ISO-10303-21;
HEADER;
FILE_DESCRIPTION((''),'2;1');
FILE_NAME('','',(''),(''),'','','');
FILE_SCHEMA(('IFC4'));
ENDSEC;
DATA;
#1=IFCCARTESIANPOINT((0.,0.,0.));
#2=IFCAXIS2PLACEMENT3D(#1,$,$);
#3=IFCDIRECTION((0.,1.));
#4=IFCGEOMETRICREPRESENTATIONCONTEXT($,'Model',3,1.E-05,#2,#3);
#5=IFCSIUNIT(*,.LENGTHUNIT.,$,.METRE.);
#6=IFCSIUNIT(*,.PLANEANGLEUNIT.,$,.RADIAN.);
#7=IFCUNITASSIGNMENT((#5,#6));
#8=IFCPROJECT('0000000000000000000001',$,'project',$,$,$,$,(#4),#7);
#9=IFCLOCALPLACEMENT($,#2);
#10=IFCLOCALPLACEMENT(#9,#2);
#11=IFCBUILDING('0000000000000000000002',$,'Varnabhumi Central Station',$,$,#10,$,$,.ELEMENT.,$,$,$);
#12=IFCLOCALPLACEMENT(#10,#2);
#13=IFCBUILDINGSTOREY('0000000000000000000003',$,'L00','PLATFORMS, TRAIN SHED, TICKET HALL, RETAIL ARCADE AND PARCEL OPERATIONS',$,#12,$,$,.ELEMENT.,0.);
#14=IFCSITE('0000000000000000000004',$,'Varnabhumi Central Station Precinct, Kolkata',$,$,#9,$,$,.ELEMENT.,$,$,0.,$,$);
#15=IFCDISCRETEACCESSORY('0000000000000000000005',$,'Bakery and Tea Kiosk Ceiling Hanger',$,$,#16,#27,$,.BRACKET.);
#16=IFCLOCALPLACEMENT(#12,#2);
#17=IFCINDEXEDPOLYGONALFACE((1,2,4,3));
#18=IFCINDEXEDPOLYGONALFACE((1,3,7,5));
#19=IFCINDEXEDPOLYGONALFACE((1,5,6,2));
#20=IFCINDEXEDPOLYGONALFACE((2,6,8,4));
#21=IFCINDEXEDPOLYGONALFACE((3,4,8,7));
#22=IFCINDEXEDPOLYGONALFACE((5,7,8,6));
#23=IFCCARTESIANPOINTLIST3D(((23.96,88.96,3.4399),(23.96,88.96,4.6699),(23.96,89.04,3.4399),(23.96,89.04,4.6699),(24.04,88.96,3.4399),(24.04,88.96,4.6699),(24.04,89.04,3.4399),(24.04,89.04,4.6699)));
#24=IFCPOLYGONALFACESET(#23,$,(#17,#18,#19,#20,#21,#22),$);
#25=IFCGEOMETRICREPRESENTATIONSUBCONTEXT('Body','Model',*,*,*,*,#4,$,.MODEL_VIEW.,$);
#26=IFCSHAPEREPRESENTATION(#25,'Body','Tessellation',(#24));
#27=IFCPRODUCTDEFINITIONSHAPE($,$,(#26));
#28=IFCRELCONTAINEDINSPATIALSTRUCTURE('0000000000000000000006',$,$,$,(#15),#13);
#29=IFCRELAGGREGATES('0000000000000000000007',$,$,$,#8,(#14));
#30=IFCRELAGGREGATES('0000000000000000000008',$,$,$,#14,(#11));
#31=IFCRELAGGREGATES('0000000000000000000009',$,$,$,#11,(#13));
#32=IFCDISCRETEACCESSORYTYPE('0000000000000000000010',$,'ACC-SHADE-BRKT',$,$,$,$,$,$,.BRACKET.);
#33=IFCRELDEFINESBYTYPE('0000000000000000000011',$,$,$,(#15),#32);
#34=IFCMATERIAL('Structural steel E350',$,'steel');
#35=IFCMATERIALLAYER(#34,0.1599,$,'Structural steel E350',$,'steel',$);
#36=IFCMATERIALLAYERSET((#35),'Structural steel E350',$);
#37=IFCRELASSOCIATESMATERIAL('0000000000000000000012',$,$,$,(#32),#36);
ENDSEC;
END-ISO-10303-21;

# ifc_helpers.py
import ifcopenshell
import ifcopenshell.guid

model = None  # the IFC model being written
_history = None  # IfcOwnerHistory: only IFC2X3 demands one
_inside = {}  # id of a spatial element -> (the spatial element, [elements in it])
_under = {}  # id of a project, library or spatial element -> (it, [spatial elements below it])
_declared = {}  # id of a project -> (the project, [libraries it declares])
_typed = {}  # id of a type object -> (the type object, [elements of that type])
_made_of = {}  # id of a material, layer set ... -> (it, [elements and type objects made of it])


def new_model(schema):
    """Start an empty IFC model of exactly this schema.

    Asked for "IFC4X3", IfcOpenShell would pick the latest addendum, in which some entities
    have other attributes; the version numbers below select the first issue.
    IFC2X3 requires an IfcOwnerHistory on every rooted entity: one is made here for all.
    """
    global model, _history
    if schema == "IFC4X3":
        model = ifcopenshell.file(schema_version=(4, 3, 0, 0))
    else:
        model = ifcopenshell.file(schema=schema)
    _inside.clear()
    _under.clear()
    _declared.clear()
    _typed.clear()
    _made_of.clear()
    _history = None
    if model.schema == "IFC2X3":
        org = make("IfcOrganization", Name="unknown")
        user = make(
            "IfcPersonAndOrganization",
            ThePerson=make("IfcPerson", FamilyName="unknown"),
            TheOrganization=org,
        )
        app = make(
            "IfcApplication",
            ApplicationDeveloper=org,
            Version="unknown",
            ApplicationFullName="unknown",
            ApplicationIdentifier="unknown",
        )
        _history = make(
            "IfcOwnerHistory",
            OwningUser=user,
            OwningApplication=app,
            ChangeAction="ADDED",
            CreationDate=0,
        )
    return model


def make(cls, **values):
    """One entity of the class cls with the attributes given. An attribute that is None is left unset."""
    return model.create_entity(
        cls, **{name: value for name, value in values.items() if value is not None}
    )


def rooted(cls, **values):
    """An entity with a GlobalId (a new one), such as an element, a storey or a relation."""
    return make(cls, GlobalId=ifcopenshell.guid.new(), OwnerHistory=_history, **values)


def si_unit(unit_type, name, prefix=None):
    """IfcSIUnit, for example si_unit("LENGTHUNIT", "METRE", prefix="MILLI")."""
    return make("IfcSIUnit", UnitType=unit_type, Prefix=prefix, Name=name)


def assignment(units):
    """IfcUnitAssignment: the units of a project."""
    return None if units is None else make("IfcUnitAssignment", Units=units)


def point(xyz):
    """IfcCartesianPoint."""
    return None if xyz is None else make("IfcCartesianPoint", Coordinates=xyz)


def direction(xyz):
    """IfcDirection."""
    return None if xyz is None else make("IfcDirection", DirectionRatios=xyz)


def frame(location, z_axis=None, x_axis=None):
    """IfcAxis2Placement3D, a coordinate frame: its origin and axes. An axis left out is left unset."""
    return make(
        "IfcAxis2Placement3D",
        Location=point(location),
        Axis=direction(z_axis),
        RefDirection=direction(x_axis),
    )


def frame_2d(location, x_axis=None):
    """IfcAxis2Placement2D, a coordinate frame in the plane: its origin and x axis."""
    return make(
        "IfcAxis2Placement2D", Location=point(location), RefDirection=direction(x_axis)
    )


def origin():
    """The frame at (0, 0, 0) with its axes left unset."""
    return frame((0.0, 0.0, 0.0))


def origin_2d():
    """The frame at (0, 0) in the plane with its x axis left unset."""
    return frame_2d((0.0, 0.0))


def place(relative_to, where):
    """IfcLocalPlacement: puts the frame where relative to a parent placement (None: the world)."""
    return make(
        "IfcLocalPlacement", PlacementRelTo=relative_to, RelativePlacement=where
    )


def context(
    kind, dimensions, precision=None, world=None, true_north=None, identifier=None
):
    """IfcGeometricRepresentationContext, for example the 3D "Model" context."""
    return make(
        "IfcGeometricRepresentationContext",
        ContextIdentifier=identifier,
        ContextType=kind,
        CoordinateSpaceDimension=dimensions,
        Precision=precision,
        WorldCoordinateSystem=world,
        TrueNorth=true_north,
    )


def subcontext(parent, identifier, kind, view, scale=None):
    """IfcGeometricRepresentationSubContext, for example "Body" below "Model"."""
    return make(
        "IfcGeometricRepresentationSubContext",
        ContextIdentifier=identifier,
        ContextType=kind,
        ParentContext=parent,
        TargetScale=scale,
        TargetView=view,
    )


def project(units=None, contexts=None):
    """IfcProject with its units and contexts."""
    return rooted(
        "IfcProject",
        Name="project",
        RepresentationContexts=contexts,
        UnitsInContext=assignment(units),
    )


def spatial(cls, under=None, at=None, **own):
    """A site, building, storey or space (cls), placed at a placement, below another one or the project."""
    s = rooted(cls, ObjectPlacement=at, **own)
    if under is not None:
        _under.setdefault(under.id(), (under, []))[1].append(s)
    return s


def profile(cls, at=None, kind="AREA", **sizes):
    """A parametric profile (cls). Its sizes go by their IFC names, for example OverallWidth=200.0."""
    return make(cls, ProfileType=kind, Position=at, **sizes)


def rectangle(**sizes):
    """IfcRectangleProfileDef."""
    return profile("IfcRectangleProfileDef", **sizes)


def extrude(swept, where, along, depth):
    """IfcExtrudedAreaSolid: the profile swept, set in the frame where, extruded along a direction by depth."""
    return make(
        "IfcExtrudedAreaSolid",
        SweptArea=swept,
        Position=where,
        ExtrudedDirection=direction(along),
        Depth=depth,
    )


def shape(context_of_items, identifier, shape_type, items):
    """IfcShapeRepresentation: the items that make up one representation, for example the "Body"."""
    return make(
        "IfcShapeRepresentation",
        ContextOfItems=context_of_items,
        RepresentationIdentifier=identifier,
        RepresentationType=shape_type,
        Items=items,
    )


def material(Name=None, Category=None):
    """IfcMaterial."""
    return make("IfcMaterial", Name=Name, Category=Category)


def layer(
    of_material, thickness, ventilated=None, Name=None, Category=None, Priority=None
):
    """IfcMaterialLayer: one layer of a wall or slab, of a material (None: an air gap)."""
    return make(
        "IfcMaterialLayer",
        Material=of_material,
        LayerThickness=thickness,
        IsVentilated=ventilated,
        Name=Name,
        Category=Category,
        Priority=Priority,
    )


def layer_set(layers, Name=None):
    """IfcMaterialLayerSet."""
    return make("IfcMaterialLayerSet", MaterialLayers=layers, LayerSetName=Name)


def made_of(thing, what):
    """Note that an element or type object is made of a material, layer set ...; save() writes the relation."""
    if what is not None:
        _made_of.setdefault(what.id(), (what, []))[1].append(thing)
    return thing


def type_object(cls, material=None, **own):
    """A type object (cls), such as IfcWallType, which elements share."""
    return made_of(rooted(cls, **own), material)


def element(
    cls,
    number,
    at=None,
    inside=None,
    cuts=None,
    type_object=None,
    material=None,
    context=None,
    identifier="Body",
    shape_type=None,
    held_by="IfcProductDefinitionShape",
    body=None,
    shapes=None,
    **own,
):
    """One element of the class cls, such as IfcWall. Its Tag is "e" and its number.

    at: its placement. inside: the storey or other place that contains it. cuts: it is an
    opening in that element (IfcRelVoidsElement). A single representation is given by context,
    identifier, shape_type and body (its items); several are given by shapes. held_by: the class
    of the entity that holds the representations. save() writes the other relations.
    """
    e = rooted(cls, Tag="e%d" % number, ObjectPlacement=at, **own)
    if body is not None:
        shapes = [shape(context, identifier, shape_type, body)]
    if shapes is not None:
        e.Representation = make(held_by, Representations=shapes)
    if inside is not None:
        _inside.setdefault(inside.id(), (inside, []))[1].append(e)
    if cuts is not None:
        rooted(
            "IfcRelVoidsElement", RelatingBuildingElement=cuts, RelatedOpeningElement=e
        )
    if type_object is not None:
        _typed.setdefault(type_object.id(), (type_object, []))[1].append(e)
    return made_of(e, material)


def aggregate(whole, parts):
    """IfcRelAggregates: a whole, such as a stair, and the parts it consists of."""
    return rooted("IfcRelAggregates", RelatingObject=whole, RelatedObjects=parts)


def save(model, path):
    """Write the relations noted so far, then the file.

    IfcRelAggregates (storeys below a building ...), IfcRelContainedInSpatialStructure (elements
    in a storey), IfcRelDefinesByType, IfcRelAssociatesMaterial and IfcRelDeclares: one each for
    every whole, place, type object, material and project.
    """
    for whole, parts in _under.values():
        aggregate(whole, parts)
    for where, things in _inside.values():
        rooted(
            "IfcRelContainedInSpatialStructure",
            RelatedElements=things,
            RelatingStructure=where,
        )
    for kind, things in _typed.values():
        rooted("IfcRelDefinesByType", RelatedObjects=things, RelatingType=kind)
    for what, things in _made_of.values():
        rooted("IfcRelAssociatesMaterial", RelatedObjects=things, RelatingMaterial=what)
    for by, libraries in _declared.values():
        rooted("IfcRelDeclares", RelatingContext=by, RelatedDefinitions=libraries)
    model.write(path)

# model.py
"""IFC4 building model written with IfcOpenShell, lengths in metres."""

from ifc_helpers import new_model, si_unit, direction, frame, origin, origin_2d, place, context, subcontext, project, spatial, rectangle, extrude, material, layer, layer_set, type_object, element, save


model = new_model("IFC4")

# Units and contexts
model_context = context("Model", 3, precision=1e-05, world=origin(), true_north=direction((0.0, 1.0)))
body_context = subcontext(model_context, "Body", "Model", "MODEL_VIEW")
ifc_project = project(units=[si_unit("LENGTHUNIT", "METRE"), si_unit("PLANEANGLEUNIT", "RADIAN")], contexts=[model_context])

# Site, building, storey
site_placement = place(None, origin())
site = spatial("IfcSite", under=ifc_project, at=site_placement, Name="Varnabhumi Central Station Precinct, Kolkata", CompositionType="ELEMENT", RefElevation=0.0)
building_placement = place(site_placement, origin())
building = spatial("IfcBuilding", under=site, at=building_placement, Name="Varnabhumi Central Station", CompositionType="ELEMENT")
storey_placement = place(building_placement, origin())
storey = spatial("IfcBuildingStorey", under=building, at=storey_placement, Name="L00", Description="PLATFORMS, TRAIN SHED, TICKET HALL, RETAIL ARCADE AND PARCEL OPERATIONS", CompositionType="ELEMENT", Elevation=0.0)

# Discrete accessory
ifc_material_1 = material(Name="Structural steel E350", Category="steel")
ifc_layer_1 = layer(ifc_material_1, 0.1599, Name="Structural steel E350", Category="steel")
ifc_layer_set_1 = layer_set([ifc_layer_1], Name="Structural steel E350")
discrete_accessory_type = type_object("IfcDiscreteAccessoryType", Name="ACC-SHADE-BRKT", PredefinedType="BRACKET", material=ifc_layer_set_1)
discrete_accessory_placement = place(storey_placement, frame((24.0, 89.0, 3.4399), z_axis=(0.0, 0.0, 1.0), x_axis=(1.0, 0.0, 0.0)))
element("IfcDiscreteAccessory", 1, at=discrete_accessory_placement, inside=storey, type_object=discrete_accessory_type, Name="Bakery and Tea Kiosk Ceiling Hanger", PredefinedType="BRACKET", context=body_context, shape_type="SweptSolid", body=[
    extrude(rectangle(XDim=0.0801, YDim=0.0801, at=origin_2d()), origin(), (0.0, 0.0, 1.0), 1.23),
])

save(model, "model.ifc")
